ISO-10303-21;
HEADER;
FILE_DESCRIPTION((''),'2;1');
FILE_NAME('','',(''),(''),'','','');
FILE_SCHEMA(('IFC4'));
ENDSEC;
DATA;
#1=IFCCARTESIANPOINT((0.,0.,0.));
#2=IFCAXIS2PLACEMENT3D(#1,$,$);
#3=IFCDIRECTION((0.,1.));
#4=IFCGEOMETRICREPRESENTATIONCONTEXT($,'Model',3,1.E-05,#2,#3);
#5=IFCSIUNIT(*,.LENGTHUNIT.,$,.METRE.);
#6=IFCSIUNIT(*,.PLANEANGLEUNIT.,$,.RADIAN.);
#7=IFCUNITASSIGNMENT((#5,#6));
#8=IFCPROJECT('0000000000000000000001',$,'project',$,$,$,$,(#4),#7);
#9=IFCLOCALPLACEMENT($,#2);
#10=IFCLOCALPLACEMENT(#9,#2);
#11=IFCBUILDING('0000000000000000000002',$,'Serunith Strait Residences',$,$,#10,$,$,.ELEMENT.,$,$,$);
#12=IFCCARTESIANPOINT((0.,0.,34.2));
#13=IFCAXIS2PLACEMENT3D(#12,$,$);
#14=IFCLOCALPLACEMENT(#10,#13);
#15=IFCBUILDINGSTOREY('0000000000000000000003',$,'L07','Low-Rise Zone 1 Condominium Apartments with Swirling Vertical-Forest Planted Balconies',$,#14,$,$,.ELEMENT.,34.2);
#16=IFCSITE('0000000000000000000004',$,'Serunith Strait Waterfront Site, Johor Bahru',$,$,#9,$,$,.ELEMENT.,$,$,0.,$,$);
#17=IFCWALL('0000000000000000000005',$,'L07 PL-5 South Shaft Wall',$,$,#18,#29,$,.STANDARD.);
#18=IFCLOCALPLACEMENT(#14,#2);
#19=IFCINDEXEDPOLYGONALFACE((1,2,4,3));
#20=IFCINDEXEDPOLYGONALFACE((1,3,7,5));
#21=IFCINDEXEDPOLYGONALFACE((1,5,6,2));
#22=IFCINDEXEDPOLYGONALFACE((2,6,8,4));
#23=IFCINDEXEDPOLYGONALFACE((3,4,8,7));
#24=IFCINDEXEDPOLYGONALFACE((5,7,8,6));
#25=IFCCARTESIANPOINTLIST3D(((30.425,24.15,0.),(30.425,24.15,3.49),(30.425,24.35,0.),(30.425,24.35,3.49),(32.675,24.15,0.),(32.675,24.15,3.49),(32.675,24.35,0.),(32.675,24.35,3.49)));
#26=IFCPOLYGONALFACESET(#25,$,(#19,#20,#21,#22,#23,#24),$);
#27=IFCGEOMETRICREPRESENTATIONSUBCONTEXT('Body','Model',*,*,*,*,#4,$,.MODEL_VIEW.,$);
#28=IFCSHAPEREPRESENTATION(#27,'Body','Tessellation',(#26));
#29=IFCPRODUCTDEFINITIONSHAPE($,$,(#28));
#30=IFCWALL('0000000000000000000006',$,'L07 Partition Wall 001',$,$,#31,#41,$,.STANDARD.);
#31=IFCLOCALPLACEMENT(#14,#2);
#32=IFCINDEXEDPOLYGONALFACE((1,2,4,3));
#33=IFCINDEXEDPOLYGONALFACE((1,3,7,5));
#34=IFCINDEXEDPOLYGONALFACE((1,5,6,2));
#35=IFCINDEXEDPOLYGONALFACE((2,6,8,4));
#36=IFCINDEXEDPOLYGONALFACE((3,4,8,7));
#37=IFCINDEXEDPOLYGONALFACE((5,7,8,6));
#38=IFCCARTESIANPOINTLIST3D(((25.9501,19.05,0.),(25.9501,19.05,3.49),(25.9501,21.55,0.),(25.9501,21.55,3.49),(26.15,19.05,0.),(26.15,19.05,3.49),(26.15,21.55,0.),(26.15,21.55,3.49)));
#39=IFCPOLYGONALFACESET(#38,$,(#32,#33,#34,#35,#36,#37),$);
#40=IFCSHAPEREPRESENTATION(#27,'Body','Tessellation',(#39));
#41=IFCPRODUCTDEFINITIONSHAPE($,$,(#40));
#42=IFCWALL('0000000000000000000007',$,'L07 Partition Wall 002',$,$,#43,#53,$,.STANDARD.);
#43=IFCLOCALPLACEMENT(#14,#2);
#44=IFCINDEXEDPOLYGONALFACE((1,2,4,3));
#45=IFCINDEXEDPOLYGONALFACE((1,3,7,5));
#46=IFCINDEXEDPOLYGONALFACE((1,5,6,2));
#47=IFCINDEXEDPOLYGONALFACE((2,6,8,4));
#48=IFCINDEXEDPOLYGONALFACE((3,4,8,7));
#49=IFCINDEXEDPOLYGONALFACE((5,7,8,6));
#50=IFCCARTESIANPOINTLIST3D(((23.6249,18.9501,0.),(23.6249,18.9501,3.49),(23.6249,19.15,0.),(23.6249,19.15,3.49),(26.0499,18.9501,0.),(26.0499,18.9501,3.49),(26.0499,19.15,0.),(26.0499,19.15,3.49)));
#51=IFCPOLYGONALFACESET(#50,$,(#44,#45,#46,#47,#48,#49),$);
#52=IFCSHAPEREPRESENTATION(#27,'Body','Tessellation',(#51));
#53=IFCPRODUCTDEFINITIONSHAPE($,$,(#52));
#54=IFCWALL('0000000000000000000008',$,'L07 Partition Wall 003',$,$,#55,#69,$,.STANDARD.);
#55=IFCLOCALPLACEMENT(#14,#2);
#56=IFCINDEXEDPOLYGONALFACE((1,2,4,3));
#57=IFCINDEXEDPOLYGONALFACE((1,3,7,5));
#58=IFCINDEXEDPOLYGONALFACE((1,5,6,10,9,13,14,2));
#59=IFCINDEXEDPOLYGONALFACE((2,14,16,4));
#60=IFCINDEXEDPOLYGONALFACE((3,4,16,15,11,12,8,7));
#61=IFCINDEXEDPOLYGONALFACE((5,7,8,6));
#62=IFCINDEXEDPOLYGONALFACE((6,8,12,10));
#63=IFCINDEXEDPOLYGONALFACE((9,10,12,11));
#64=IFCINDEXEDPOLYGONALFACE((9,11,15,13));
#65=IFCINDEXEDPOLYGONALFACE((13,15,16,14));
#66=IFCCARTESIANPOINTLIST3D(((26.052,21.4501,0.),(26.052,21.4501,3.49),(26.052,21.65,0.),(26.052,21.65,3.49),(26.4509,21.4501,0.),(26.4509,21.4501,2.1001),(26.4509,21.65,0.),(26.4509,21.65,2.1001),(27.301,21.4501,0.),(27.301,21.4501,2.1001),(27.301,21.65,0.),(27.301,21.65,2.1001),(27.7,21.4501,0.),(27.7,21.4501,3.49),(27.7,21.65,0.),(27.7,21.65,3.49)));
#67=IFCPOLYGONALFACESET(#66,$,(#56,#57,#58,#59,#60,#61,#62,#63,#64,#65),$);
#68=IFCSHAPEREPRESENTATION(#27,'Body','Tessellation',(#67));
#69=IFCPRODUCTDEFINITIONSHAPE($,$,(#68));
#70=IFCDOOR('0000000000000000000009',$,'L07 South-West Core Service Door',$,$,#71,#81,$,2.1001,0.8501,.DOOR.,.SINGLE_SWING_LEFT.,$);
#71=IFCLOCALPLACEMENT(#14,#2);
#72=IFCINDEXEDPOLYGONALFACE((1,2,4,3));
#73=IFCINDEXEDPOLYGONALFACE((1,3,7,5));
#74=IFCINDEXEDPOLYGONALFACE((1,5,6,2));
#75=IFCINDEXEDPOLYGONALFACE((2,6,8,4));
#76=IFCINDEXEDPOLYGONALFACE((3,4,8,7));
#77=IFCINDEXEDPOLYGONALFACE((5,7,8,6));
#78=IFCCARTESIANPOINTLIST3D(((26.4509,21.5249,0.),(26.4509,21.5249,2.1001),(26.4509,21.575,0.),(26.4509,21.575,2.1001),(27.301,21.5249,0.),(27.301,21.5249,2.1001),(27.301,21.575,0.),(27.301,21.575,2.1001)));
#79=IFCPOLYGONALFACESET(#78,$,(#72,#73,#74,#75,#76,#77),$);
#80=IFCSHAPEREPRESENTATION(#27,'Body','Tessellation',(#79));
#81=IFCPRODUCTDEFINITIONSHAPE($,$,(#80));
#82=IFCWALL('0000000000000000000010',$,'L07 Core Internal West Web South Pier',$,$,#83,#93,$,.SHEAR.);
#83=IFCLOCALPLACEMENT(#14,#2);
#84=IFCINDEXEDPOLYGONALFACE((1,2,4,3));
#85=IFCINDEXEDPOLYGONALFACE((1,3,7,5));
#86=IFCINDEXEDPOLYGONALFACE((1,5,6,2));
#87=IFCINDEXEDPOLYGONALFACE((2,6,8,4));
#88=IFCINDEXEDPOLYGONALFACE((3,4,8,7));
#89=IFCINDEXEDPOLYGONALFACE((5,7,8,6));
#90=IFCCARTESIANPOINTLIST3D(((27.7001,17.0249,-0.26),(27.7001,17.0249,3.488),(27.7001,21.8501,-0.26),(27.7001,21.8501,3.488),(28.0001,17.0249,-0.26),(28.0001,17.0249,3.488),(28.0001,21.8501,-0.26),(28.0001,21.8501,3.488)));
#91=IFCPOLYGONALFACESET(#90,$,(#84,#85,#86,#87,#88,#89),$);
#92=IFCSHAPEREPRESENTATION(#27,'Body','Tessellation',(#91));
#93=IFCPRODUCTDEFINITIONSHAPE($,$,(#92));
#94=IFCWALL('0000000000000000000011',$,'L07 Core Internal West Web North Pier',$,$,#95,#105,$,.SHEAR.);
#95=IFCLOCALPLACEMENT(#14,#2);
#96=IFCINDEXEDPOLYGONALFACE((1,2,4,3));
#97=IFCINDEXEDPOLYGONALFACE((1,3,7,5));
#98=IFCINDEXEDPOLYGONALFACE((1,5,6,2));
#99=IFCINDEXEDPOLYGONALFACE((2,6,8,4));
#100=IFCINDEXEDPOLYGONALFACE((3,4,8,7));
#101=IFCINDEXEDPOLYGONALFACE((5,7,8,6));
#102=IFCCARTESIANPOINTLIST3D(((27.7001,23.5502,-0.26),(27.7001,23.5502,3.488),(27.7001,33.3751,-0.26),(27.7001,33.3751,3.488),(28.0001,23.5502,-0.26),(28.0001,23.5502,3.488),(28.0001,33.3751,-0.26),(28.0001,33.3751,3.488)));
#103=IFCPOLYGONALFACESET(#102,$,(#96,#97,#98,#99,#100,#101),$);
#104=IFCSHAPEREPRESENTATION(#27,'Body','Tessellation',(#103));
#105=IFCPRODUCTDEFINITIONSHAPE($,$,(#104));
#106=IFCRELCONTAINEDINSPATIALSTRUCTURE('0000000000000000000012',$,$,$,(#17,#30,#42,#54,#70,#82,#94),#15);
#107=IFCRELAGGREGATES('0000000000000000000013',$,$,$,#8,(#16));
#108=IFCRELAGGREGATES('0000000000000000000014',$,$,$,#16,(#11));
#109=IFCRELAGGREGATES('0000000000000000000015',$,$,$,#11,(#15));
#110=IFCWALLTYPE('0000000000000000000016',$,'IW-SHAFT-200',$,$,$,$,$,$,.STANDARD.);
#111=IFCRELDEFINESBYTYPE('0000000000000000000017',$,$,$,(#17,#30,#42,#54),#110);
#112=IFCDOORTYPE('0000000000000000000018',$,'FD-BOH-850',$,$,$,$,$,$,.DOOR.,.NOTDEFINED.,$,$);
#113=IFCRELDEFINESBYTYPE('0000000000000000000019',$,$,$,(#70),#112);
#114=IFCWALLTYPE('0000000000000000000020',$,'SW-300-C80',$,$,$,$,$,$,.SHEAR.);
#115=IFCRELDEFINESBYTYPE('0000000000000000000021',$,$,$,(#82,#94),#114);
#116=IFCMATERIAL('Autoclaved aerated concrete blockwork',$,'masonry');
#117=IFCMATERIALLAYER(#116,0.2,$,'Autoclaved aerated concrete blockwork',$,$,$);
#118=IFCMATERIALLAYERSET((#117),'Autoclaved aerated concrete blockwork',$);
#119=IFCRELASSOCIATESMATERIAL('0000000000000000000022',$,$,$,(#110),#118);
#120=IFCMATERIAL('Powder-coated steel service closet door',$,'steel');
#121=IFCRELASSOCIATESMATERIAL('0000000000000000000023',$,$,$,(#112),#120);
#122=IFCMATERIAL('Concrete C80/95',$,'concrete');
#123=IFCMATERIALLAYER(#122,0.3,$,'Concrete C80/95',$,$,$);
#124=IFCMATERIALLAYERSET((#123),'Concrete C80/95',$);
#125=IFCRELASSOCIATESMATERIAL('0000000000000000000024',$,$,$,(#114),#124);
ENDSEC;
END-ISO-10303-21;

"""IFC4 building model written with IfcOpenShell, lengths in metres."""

from ifc_helpers import new_model, si_unit, direction, frame, frame_2d, origin, place, context, subcontext, project, spatial, rectangle, extrude, source, transform, mapped, material, layer, layer_set, type_object, element, fill, save


model = new_model("IFC4")

# Units and contexts
model_context = context("Model", 3, precision=1e-05, world=origin(), true_north=direction((0.0, 1.0)))
body_context = subcontext(model_context, "Body", "Model", "MODEL_VIEW")
ifc_project = project(units=[si_unit("LENGTHUNIT", "METRE"), si_unit("PLANEANGLEUNIT", "RADIAN")], contexts=[model_context])

# Site, building, storey
site_placement = place(None, origin())
site = spatial("IfcSite", under=ifc_project, at=site_placement, Name="Serunith Strait Waterfront Site, Johor Bahru", CompositionType="ELEMENT", RefElevation=0.0)
building_placement = place(site_placement, origin())
building = spatial("IfcBuilding", under=site, at=building_placement, Name="Serunith Strait Residences", CompositionType="ELEMENT")
storey_placement = place(building_placement, frame((0.0, 0.0, 34.2)))
storey = spatial("IfcBuildingStorey", under=building, at=storey_placement, Name="L07", Description="Low-Rise Zone 1 Condominium Apartments with Swirling Vertical-Forest Planted Balconies", CompositionType="ELEMENT", Elevation=34.2)

# Shared definitions
ifc_material_1 = material(Name="Autoclaved aerated concrete blockwork", Category="masonry")
ifc_layer_1 = layer(ifc_material_1, 0.2, Name="Autoclaved aerated concrete blockwork")
ifc_layer_set_1 = layer_set([ifc_layer_1], Name="Autoclaved aerated concrete blockwork")
wall_type_1 = type_object("IfcWallType", Name="IW-SHAFT-200", PredefinedType="STANDARD", material=ifc_layer_set_1)

# Walls
wall_1_placement = place(storey_placement, frame((30.425, 24.25, 0.0), z_axis=(0.0, 0.0, 1.0), x_axis=(1.0, 0.0, 0.0)))
element("IfcWall", 1, at=wall_1_placement, inside=storey, type_object=wall_type_1, Name="L07 PL-5 South Shaft Wall", PredefinedType="STANDARD", context=body_context, shape_type="SweptSolid", body=[
    extrude(rectangle(XDim=2.25, YDim=0.2, at=frame_2d((1.125, 0.0))), origin(), (0.0, 0.0, 1.0), 3.49),
])
wall_2_placement = place(storey_placement, frame((26.05, 19.05, 0.0), z_axis=(0.0, 0.0, 1.0), x_axis=(0.0, 1.0, 0.0)))
element("IfcWall", 2, at=wall_2_placement, inside=storey, type_object=wall_type_1, Name="L07 Partition Wall 001", PredefinedType="STANDARD", context=body_context, shape_type="SweptSolid", body=[
    extrude(rectangle(XDim=2.5, YDim=0.2, at=frame_2d((1.25, 0.0))), origin(), (0.0, 0.0, 1.0), 3.49),
])
wall_3_placement = place(storey_placement, frame((23.625, 19.05, 0.0), z_axis=(0.0, 0.0, 1.0), x_axis=(1.0, 0.0, 0.0)))
element("IfcWall", 3, at=wall_3_placement, inside=storey, type_object=wall_type_1, Name="L07 Partition Wall 002", PredefinedType="STANDARD", context=body_context, shape_type="SweptSolid", body=[
    extrude(rectangle(XDim=2.425, YDim=0.2, at=frame_2d((1.2124, 0.0))), origin(), (0.0, 0.0, 1.0), 3.49),
])

# Wall, opening, door
wall_4_placement = place(storey_placement, frame((26.052, 21.55, 0.0), z_axis=(0.0, 0.0, 1.0), x_axis=(1.0, 0.0, 0.0)))
wall_4 = element("IfcWall", 4, at=wall_4_placement, inside=storey, type_object=wall_type_1, Name="L07 Partition Wall 003", PredefinedType="STANDARD", context=body_context, shape_type="SweptSolid", body=[
    extrude(rectangle(XDim=1.6479, YDim=0.2, at=frame_2d((0.824, 0.0))), origin(), (0.0, 0.0, 1.0), 3.49),
])
opening_1_placement = place(wall_4_placement, frame((0.3989, 0.0, 0.0)))
opening_1 = element("IfcOpeningElement", 5, at=opening_1_placement, cuts=wall_4, PredefinedType="OPENING", context=body_context, shape_type="SweptSolid", body=[
    extrude(rectangle(XDim=0.8501, YDim=2.1001, at=frame_2d((0.425, 1.05))), frame((0.0, 0.1099, 0.0), z_axis=(0.0, -1.0, 0.0), x_axis=(1.0, 0.0, 0.0)), (0.0, 0.0, 1.0), 0.22),
])
ifc_material_2 = material(Name="Powder-coated steel service closet door", Category="steel")
door_type_1 = type_object("IfcDoorType", Name="FD-BOH-850", OperationType="NOTDEFINED", PredefinedType="DOOR", material=ifc_material_2)
shared_shape_1 = source(origin(), body_context, "Body", "SweptSolid", [
    extrude(rectangle(XDim=0.8501, YDim=2.1001, at=frame_2d((0.425, 1.05))), frame((0.0, 0.0249, 0.0), z_axis=(0.0, -1.0, 0.0), x_axis=(1.0, 0.0, 0.0)), (0.0, 0.0, 1.0), 0.05),
])
door_1_placement = place(opening_1_placement, origin())
door_1 = element("IfcDoor", 6, at=door_1_placement, inside=storey, type_object=door_type_1, Name="L07 South-West Core Service Door", OperationType="SINGLE_SWING_LEFT", OverallHeight=2.1001, OverallWidth=0.8501, PredefinedType="DOOR", context=body_context, shape_type="MappedRepresentation", body=[
    mapped(shared_shape_1, transform((0.0, 0.0, 0.0), scale=1.0)),
])
fill(opening_1, door_1)

# Walls
ifc_material_3 = material(Name="Concrete C80/95", Category="concrete")
ifc_layer_2 = layer(ifc_material_3, 0.3, Name="Concrete C80/95")
ifc_layer_set_2 = layer_set([ifc_layer_2], Name="Concrete C80/95")
wall_type_2 = type_object("IfcWallType", Name="SW-300-C80", PredefinedType="SHEAR", material=ifc_layer_set_2)
wall_5_placement = place(storey_placement, frame((27.8501, 17.0249, -0.26), z_axis=(0.0, 0.0, 1.0), x_axis=(0.0, 1.0, 0.0)))
element("IfcWall", 7, at=wall_5_placement, inside=storey, type_object=wall_type_2, Name="L07 Core Internal West Web South Pier", PredefinedType="SHEAR", context=body_context, shape_type="SweptSolid", body=[
    extrude(rectangle(XDim=4.8252, YDim=0.3, at=frame_2d((2.4126, 0.0))), origin(), (0.0, 0.0, 1.0), 3.748),
])
wall_6_placement = place(storey_placement, frame((27.8501, 23.55, -0.26), z_axis=(0.0, 0.0, 1.0), x_axis=(0.0, 1.0, 0.0)))
element("IfcWall", 8, at=wall_6_placement, inside=storey, type_object=wall_type_2, Name="L07 Core Internal West Web North Pier", PredefinedType="SHEAR", context=body_context, shape_type="SweptSolid", body=[
    extrude(rectangle(XDim=9.825, YDim=0.3, at=frame_2d((4.9126, 0.0))), origin(), (0.0, 0.0, 1.0), 3.748),
])

save(model, "model.ifc")
